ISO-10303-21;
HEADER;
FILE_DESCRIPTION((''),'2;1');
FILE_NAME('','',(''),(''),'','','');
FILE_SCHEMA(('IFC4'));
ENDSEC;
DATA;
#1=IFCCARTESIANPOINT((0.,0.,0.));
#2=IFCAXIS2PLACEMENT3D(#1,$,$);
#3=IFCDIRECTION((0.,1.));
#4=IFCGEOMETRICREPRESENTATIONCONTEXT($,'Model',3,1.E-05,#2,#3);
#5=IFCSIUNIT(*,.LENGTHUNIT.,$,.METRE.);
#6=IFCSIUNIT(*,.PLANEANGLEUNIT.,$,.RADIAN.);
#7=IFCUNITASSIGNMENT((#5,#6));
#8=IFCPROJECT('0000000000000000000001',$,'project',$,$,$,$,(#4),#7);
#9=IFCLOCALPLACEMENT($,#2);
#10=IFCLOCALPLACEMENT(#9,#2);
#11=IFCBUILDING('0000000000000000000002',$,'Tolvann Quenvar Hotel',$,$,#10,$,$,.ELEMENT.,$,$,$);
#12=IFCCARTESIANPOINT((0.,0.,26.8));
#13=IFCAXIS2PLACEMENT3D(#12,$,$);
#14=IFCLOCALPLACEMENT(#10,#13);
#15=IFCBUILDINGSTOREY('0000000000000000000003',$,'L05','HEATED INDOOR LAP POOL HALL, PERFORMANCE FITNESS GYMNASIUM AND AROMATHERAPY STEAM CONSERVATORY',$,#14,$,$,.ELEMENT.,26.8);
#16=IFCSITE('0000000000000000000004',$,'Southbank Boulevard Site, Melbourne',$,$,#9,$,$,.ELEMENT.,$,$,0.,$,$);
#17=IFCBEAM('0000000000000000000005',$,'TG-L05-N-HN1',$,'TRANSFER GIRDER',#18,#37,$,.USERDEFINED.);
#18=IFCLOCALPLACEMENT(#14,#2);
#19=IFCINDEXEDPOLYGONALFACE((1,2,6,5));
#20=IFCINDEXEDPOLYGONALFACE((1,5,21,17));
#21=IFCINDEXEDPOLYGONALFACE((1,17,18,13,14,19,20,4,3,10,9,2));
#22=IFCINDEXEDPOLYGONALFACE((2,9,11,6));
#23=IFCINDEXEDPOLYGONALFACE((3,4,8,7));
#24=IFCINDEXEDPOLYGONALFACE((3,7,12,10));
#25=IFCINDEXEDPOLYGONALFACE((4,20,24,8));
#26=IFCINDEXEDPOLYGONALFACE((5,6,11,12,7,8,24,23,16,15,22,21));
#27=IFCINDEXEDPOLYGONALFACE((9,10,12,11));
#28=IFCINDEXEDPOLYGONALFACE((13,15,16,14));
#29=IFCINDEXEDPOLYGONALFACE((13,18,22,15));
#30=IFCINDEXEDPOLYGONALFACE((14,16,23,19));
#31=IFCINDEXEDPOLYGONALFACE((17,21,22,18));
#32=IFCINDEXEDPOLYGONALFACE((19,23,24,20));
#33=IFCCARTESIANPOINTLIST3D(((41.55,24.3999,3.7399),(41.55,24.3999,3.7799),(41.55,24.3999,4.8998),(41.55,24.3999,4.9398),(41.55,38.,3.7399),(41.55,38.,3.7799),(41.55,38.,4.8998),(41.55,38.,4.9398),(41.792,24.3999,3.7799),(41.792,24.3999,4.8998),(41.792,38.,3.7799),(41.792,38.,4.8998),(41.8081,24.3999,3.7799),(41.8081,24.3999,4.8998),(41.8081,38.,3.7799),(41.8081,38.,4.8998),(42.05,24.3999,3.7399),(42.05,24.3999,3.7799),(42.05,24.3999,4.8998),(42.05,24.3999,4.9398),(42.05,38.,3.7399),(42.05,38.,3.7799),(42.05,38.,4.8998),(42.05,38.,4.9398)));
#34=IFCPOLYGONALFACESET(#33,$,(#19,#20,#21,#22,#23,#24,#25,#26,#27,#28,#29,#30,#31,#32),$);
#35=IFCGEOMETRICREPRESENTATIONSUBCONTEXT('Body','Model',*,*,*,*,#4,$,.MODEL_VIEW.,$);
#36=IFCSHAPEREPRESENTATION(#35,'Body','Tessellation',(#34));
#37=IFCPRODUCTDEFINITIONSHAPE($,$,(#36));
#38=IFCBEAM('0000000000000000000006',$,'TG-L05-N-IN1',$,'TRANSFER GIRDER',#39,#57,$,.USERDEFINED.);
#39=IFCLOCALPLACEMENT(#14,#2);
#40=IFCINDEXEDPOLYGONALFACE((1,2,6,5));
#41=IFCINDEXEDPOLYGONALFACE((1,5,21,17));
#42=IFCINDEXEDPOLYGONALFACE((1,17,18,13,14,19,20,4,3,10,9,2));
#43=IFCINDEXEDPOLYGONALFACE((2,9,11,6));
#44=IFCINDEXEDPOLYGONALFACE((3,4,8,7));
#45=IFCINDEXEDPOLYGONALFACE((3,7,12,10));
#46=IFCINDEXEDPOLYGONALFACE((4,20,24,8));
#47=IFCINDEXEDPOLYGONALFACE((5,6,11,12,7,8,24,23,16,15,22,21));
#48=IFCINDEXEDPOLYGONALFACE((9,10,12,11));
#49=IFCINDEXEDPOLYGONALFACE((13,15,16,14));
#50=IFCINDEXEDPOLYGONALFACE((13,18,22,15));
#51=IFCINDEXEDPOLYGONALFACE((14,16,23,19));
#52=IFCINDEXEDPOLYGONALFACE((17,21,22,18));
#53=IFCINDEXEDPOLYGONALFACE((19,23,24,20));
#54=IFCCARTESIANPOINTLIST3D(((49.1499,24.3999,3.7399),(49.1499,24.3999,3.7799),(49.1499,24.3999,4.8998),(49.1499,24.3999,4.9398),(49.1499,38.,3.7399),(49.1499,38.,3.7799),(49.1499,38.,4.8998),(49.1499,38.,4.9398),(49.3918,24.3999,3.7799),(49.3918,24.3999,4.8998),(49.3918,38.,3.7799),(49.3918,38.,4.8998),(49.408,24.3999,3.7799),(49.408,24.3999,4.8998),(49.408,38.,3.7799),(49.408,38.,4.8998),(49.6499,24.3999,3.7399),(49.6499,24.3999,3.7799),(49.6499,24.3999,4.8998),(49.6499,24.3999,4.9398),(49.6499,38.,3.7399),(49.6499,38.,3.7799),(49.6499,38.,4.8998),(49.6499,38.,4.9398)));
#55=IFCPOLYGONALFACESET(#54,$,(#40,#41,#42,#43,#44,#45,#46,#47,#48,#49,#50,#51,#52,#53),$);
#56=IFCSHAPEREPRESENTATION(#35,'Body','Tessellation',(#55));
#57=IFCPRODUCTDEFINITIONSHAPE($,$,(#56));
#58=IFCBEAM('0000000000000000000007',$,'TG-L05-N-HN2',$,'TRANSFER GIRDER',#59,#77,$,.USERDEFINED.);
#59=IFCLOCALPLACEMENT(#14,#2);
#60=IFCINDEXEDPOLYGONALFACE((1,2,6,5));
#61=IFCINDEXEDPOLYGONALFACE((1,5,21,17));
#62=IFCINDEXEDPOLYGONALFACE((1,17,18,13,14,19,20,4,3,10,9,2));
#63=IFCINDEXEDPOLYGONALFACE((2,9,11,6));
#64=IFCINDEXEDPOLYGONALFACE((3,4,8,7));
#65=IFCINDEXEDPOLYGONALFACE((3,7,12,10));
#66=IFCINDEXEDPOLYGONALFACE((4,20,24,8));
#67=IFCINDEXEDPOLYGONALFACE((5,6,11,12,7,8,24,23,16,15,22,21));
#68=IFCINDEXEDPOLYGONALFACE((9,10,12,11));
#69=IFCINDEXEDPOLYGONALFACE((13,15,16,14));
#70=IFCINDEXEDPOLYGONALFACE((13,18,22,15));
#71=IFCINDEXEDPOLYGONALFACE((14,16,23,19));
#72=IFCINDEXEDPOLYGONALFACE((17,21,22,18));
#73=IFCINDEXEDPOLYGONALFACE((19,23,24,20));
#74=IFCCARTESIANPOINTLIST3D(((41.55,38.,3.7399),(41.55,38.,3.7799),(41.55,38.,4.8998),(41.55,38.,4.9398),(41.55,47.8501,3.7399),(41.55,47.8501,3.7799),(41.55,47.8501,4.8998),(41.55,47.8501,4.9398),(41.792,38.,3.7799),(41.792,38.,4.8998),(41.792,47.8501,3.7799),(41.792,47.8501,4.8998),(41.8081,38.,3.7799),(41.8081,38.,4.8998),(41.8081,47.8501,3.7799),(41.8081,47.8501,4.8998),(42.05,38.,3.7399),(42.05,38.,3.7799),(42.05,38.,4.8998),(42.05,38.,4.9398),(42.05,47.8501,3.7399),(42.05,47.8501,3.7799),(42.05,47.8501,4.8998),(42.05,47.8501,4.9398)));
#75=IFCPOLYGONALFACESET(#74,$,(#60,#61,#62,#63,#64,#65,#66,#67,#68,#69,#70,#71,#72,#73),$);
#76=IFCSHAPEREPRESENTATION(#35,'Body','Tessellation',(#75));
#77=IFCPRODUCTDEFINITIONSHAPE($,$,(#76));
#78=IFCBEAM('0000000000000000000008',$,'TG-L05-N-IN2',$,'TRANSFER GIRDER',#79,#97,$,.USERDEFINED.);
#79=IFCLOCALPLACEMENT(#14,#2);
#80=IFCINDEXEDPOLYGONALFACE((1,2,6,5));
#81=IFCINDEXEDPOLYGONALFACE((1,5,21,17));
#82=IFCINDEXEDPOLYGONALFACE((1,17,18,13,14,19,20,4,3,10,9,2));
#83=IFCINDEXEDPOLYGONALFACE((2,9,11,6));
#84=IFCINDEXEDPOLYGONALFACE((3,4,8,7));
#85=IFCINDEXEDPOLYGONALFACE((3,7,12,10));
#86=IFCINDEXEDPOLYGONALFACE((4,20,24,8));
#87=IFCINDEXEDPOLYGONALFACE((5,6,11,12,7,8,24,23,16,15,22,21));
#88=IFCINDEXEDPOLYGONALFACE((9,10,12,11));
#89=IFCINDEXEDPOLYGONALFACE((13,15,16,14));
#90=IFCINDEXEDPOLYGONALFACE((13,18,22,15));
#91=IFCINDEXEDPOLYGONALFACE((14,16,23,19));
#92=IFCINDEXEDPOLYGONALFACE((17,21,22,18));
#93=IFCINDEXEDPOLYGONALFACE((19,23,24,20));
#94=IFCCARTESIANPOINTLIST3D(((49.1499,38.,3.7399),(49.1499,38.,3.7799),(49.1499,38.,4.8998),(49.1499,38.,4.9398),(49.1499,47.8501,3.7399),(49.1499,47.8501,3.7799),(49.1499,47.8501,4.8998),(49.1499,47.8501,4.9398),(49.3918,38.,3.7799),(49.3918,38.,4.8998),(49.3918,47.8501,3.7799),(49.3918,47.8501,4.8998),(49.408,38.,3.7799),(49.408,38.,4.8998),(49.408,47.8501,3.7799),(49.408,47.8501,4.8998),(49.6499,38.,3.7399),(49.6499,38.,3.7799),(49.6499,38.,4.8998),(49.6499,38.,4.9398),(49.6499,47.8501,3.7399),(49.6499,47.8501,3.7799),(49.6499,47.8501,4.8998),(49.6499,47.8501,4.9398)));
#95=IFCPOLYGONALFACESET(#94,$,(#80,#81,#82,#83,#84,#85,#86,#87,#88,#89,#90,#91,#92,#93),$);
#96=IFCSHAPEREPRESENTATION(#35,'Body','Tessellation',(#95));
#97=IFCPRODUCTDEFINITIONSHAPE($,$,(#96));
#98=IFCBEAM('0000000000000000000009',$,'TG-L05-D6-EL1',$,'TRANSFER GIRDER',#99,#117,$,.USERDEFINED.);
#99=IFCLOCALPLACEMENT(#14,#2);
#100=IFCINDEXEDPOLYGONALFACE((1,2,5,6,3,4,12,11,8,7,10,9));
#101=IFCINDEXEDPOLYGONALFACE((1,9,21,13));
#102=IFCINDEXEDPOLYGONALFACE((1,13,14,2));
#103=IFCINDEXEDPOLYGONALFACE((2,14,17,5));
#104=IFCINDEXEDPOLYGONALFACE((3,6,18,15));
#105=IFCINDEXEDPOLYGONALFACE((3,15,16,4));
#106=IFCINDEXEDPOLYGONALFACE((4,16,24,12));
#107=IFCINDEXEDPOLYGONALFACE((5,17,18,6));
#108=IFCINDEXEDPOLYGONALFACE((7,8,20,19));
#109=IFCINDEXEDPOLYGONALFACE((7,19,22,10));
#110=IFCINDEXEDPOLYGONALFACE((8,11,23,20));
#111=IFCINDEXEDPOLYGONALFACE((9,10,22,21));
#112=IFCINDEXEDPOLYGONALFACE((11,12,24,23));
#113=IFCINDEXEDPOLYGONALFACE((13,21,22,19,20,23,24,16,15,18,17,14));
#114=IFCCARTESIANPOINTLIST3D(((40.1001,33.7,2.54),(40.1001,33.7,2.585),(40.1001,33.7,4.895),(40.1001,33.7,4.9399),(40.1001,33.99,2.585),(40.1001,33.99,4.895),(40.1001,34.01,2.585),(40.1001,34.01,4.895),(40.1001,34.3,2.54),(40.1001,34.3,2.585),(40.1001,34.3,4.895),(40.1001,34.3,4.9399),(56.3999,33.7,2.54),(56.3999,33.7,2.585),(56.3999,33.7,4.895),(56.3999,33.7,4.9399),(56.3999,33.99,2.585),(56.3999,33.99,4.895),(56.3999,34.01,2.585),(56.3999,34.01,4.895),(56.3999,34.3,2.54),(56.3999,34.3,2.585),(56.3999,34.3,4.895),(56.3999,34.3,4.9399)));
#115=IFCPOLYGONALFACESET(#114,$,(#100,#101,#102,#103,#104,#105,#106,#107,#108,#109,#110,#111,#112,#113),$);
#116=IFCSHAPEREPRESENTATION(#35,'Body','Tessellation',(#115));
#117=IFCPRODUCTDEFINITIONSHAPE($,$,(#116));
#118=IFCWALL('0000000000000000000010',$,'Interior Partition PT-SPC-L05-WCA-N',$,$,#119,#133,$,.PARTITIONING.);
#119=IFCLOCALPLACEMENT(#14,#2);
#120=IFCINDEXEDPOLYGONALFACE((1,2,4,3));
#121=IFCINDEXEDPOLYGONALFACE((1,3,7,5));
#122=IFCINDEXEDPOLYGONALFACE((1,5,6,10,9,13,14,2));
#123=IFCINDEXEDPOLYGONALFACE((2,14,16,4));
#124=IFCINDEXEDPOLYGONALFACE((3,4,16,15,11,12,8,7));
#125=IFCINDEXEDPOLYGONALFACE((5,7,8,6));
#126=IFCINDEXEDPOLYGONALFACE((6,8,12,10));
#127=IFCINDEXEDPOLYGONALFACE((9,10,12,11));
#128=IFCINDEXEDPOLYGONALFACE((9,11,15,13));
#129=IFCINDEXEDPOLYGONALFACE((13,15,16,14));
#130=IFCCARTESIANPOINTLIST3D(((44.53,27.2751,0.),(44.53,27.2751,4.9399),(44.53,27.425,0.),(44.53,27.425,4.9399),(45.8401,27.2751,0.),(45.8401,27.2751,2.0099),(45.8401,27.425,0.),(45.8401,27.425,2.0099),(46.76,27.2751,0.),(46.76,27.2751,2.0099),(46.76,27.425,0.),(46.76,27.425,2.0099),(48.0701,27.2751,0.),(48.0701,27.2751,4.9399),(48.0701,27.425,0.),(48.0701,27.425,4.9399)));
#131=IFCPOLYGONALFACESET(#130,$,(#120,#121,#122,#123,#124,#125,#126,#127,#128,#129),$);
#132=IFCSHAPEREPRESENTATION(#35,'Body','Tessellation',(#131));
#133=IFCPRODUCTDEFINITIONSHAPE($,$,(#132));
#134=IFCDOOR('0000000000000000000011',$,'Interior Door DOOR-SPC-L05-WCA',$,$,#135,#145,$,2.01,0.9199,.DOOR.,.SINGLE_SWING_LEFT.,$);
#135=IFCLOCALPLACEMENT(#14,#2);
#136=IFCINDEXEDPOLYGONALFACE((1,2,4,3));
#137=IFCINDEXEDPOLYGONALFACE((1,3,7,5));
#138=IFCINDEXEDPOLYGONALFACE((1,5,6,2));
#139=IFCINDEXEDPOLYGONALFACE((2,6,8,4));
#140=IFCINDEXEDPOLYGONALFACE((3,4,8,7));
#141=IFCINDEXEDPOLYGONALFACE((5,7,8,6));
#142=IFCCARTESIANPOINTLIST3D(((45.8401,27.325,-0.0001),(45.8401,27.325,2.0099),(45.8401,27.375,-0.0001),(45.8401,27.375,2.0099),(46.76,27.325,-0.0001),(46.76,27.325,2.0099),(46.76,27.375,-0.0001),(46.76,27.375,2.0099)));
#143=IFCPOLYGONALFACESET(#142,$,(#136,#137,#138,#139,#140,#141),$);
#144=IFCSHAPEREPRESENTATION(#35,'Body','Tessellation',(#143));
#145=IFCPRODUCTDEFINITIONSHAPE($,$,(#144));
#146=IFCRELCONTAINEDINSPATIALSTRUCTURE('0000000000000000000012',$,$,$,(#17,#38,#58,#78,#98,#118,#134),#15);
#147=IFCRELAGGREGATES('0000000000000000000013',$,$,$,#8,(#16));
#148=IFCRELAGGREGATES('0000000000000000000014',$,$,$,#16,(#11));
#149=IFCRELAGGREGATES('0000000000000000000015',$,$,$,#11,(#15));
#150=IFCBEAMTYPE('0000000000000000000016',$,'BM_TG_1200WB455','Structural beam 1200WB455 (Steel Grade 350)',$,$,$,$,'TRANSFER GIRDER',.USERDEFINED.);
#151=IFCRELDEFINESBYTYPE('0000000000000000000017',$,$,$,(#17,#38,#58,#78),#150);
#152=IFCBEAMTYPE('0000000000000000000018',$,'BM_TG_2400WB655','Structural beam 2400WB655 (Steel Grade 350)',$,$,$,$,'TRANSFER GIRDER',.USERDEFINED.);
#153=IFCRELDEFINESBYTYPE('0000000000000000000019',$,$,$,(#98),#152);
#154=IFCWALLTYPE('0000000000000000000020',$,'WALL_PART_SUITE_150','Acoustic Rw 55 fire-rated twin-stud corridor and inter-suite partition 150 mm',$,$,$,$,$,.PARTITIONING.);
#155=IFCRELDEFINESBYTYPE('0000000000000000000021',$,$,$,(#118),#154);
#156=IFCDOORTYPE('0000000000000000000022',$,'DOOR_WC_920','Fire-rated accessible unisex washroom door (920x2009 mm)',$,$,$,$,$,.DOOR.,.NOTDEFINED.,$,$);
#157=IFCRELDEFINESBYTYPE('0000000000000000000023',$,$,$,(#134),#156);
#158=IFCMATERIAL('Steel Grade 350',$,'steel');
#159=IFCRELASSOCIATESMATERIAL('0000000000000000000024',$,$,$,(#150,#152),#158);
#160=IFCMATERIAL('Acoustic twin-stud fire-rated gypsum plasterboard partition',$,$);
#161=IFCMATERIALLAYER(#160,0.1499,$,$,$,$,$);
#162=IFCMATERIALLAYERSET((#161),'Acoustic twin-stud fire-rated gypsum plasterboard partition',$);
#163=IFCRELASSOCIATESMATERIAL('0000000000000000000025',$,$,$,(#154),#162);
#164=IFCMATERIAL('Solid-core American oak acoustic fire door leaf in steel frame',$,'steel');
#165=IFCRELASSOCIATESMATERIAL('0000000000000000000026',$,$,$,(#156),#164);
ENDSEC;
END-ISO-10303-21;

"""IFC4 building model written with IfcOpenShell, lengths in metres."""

from ifc_helpers import new_model, si_unit, direction, frame, frame_2d, origin, origin_2d, place, context, subcontext, project, spatial, rectangle, i_section, extrude, source, transform, mapped, material, layer, layer_set, material_profile, profile_set, type_object, type_shapes, element, fill, save


model = new_model("IFC4")

# Units and contexts
model_context = context("Model", 3, precision=1e-05, world=origin(), true_north=direction((0.0, 1.0)))
body_context = subcontext(model_context, "Body", "Model", "MODEL_VIEW")
ifc_project = project(units=[si_unit("LENGTHUNIT", "METRE"), si_unit("PLANEANGLEUNIT", "RADIAN")], contexts=[model_context])

# Site, building, storey
site_placement = place(None, origin())
site = spatial("IfcSite", under=ifc_project, at=site_placement, Name="Southbank Boulevard Site, Melbourne", CompositionType="ELEMENT", RefElevation=0.0)
building_placement = place(site_placement, origin())
building = spatial("IfcBuilding", under=site, at=building_placement, Name="Tolvann Quenvar Hotel", CompositionType="ELEMENT")
storey_placement = place(building_placement, frame((0.0, 0.0, 26.8)))
storey = spatial("IfcBuildingStorey", under=building, at=storey_placement, Name="L05", Description="HEATED INDOOR LAP POOL HALL, PERFORMANCE FITNESS GYMNASIUM AND AROMATHERAPY STEAM CONSERVATORY", CompositionType="ELEMENT", Elevation=26.8)

# Beams
ifc_material_1 = material(Name="Steel Grade 350", Category="steel")
ifc_material_profile_1 = material_profile(ifc_material_1, i_section(OverallWidth=0.5, OverallDepth=1.2, WebThickness=0.0161, FlangeThickness=0.04, at=origin_2d()), Name="1200WB455")
ifc_profile_set_1 = profile_set([ifc_material_profile_1], Name="Steel Grade 350")
beam_type_1 = type_object("IfcBeamType", Name="BM_TG_1200WB455", Description="Structural beam 1200WB455 (Steel Grade 350)", ElementType="TRANSFER GIRDER", PredefinedType="USERDEFINED", material=ifc_profile_set_1)
shared_shape_1 = source(origin(), body_context, "Body", "SweptSolid", [
    extrude(i_section(OverallWidth=0.5, OverallDepth=1.2, WebThickness=0.0161, FlangeThickness=0.04, at=origin_2d()), origin(), (0.0, 0.0, 1.0), 13.6001),
])
for number, where, z_axis, x_axis, name in (
    (1, (41.8, 24.3999, 4.3398), (0.0, 1.0, 0.0), (-1.0, 0.0, 0.0), "TG-L05-N-HN1"),
    (2, (49.3999, 24.3999, 4.3398), (0.0, 1.0, 0.0), (-1.0, 0.0, 0.0), "TG-L05-N-IN1"),
):
    element("IfcBeam", number, at=place(storey_placement, frame(where, z_axis=z_axis, x_axis=x_axis)), inside=storey, type_object=beam_type_1, Name=name, ObjectType="TRANSFER GIRDER", PredefinedType="USERDEFINED", context=body_context, shape_type="MappedRepresentation", body=[
        mapped(shared_shape_1, transform((0.0, 0.0, 0.0), x_axis=(1.0, 0.0, 0.0), y_axis=(0.0, 1.0, 0.0), z_axis=(0.0, 0.0, 1.0), scale=1.0)),
    ])
shared_shape_2 = source(origin(), body_context, "Body", "SweptSolid", [
    extrude(i_section(OverallWidth=0.5, OverallDepth=1.2, WebThickness=0.0161, FlangeThickness=0.04, at=origin_2d()), origin(), (0.0, 0.0, 1.0), 9.8501),
])
for number, where, z_axis, x_axis, name in (
    (3, (41.8, 38.0, 4.3398), (0.0, 1.0, 0.0), (-1.0, 0.0, 0.0), "TG-L05-N-HN2"),
    (4, (49.3999, 38.0, 4.3398), (0.0, 1.0, 0.0), (-1.0, 0.0, 0.0), "TG-L05-N-IN2"),
):
    element("IfcBeam", number, at=place(storey_placement, frame(where, z_axis=z_axis, x_axis=x_axis)), inside=storey, type_object=beam_type_1, Name=name, ObjectType="TRANSFER GIRDER", PredefinedType="USERDEFINED", context=body_context, shape_type="MappedRepresentation", body=[
        mapped(shared_shape_2, transform((0.0, 0.0, 0.0), x_axis=(1.0, 0.0, 0.0), y_axis=(0.0, 1.0, 0.0), z_axis=(0.0, 0.0, 1.0), scale=1.0)),
    ])
ifc_material_profile_2 = material_profile(ifc_material_1, i_section(OverallWidth=0.6001, OverallDepth=2.3999, WebThickness=0.02, FlangeThickness=0.0449, at=origin_2d()), Name="2400WB655")
ifc_profile_set_2 = profile_set([ifc_material_profile_2], Name="Steel Grade 350")
beam_type_2 = type_object("IfcBeamType", Name="BM_TG_2400WB655", Description="Structural beam 2400WB655 (Steel Grade 350)", ElementType="TRANSFER GIRDER", PredefinedType="USERDEFINED", material=ifc_profile_set_2)
shared_shape_3 = source(origin(), body_context, "Body", "SweptSolid", [
    extrude(i_section(OverallWidth=0.6001, OverallDepth=2.3999, WebThickness=0.02, FlangeThickness=0.0449, at=origin_2d()), origin(), (0.0, 0.0, 1.0), 16.2998),
])
type_shapes(beam_type_2, [shared_shape_3])
beam_1_placement = place(storey_placement, frame((40.1001, 34.0, 3.74), z_axis=(1.0, 0.0, 0.0), x_axis=(0.0, 1.0, 0.0)))
element("IfcBeam", 5, at=beam_1_placement, inside=storey, type_object=beam_type_2, Name="TG-L05-D6-EL1", ObjectType="TRANSFER GIRDER", PredefinedType="USERDEFINED", context=body_context, shape_type="MappedRepresentation", body=[
    mapped(shared_shape_3, transform((0.0, 0.0, 0.0), x_axis=(1.0, 0.0, 0.0), y_axis=(0.0, 1.0, 0.0), z_axis=(0.0, 0.0, 1.0), scale=1.0)),
])

# Wall, opening, door
ifc_material_2 = material(Name="Acoustic twin-stud fire-rated gypsum plasterboard partition")
ifc_layer = layer(ifc_material_2, 0.1499)
ifc_layer_set = layer_set([ifc_layer], Name="Acoustic twin-stud fire-rated gypsum plasterboard partition")
wall_type = type_object("IfcWallType", Name="WALL_PART_SUITE_150", Description="Acoustic Rw 55 fire-rated twin-stud corridor and inter-suite partition 150 mm", PredefinedType="PARTITIONING", material=ifc_layer_set)
wall_placement = place(storey_placement, frame((44.53, 27.3501, 0.0), z_axis=(0.0, 0.0, 1.0), x_axis=(1.0, 0.0, 0.0)))
wall = element("IfcWall", 6, at=wall_placement, inside=storey, type_object=wall_type, Name="Interior Partition PT-SPC-L05-WCA-N", PredefinedType="PARTITIONING", context=body_context, shape_type="SweptSolid", body=[
    extrude(rectangle(XDim=3.54, YDim=0.1499, at=frame_2d((1.77, 0.0))), origin(), (0.0, 0.0, 1.0), 4.9399),
])
opening_placement = place(wall_placement, frame((1.3101, 0.0, 0.0)))
opening = element("IfcOpeningElement", 7, at=opening_placement, cuts=wall, PredefinedType="OPENING", context=body_context, shape_type="SweptSolid", body=[
    extrude(rectangle(XDim=0.9199, YDim=2.01, at=frame_2d((0.46, 1.0049))), frame((0.0, 0.085, 0.0), z_axis=(0.0, -1.0, 0.0), x_axis=(1.0, 0.0, 0.0)), (0.0, 0.0, 1.0), 0.1699),
])
ifc_material_3 = material(Name="Solid-core American oak acoustic fire door leaf in steel frame", Category="steel")
door_type = type_object("IfcDoorType", Name="DOOR_WC_920", Description="Fire-rated accessible unisex washroom door (920x2009 mm)", OperationType="NOTDEFINED", PredefinedType="DOOR", material=ifc_material_3)
shared_shape_4 = source(origin(), body_context, "Body", "SweptSolid", [
    extrude(rectangle(XDim=0.9199, YDim=2.01, at=frame_2d((0.46, 1.0049))), frame((0.0, 0.0249, 0.0), z_axis=(0.0, -1.0, 0.0), x_axis=(1.0, 0.0, 0.0)), (0.0, 0.0, 1.0), 0.05),
])
type_shapes(door_type, [shared_shape_4])
door_placement = place(opening_placement, origin())
door = element("IfcDoor", 8, at=door_placement, inside=storey, type_object=door_type, Name="Interior Door DOOR-SPC-L05-WCA", OperationType="SINGLE_SWING_LEFT", OverallHeight=2.01, OverallWidth=0.9199, PredefinedType="DOOR", context=body_context, shape_type="MappedRepresentation", body=[
    mapped(shared_shape_4, transform((0.0, 0.0, 0.0), x_axis=(1.0, 0.0, 0.0), y_axis=(0.0, 1.0, 0.0), z_axis=(0.0, 0.0, 1.0), scale=1.0)),
])
fill(opening, door)

save(model, "model.ifc")
